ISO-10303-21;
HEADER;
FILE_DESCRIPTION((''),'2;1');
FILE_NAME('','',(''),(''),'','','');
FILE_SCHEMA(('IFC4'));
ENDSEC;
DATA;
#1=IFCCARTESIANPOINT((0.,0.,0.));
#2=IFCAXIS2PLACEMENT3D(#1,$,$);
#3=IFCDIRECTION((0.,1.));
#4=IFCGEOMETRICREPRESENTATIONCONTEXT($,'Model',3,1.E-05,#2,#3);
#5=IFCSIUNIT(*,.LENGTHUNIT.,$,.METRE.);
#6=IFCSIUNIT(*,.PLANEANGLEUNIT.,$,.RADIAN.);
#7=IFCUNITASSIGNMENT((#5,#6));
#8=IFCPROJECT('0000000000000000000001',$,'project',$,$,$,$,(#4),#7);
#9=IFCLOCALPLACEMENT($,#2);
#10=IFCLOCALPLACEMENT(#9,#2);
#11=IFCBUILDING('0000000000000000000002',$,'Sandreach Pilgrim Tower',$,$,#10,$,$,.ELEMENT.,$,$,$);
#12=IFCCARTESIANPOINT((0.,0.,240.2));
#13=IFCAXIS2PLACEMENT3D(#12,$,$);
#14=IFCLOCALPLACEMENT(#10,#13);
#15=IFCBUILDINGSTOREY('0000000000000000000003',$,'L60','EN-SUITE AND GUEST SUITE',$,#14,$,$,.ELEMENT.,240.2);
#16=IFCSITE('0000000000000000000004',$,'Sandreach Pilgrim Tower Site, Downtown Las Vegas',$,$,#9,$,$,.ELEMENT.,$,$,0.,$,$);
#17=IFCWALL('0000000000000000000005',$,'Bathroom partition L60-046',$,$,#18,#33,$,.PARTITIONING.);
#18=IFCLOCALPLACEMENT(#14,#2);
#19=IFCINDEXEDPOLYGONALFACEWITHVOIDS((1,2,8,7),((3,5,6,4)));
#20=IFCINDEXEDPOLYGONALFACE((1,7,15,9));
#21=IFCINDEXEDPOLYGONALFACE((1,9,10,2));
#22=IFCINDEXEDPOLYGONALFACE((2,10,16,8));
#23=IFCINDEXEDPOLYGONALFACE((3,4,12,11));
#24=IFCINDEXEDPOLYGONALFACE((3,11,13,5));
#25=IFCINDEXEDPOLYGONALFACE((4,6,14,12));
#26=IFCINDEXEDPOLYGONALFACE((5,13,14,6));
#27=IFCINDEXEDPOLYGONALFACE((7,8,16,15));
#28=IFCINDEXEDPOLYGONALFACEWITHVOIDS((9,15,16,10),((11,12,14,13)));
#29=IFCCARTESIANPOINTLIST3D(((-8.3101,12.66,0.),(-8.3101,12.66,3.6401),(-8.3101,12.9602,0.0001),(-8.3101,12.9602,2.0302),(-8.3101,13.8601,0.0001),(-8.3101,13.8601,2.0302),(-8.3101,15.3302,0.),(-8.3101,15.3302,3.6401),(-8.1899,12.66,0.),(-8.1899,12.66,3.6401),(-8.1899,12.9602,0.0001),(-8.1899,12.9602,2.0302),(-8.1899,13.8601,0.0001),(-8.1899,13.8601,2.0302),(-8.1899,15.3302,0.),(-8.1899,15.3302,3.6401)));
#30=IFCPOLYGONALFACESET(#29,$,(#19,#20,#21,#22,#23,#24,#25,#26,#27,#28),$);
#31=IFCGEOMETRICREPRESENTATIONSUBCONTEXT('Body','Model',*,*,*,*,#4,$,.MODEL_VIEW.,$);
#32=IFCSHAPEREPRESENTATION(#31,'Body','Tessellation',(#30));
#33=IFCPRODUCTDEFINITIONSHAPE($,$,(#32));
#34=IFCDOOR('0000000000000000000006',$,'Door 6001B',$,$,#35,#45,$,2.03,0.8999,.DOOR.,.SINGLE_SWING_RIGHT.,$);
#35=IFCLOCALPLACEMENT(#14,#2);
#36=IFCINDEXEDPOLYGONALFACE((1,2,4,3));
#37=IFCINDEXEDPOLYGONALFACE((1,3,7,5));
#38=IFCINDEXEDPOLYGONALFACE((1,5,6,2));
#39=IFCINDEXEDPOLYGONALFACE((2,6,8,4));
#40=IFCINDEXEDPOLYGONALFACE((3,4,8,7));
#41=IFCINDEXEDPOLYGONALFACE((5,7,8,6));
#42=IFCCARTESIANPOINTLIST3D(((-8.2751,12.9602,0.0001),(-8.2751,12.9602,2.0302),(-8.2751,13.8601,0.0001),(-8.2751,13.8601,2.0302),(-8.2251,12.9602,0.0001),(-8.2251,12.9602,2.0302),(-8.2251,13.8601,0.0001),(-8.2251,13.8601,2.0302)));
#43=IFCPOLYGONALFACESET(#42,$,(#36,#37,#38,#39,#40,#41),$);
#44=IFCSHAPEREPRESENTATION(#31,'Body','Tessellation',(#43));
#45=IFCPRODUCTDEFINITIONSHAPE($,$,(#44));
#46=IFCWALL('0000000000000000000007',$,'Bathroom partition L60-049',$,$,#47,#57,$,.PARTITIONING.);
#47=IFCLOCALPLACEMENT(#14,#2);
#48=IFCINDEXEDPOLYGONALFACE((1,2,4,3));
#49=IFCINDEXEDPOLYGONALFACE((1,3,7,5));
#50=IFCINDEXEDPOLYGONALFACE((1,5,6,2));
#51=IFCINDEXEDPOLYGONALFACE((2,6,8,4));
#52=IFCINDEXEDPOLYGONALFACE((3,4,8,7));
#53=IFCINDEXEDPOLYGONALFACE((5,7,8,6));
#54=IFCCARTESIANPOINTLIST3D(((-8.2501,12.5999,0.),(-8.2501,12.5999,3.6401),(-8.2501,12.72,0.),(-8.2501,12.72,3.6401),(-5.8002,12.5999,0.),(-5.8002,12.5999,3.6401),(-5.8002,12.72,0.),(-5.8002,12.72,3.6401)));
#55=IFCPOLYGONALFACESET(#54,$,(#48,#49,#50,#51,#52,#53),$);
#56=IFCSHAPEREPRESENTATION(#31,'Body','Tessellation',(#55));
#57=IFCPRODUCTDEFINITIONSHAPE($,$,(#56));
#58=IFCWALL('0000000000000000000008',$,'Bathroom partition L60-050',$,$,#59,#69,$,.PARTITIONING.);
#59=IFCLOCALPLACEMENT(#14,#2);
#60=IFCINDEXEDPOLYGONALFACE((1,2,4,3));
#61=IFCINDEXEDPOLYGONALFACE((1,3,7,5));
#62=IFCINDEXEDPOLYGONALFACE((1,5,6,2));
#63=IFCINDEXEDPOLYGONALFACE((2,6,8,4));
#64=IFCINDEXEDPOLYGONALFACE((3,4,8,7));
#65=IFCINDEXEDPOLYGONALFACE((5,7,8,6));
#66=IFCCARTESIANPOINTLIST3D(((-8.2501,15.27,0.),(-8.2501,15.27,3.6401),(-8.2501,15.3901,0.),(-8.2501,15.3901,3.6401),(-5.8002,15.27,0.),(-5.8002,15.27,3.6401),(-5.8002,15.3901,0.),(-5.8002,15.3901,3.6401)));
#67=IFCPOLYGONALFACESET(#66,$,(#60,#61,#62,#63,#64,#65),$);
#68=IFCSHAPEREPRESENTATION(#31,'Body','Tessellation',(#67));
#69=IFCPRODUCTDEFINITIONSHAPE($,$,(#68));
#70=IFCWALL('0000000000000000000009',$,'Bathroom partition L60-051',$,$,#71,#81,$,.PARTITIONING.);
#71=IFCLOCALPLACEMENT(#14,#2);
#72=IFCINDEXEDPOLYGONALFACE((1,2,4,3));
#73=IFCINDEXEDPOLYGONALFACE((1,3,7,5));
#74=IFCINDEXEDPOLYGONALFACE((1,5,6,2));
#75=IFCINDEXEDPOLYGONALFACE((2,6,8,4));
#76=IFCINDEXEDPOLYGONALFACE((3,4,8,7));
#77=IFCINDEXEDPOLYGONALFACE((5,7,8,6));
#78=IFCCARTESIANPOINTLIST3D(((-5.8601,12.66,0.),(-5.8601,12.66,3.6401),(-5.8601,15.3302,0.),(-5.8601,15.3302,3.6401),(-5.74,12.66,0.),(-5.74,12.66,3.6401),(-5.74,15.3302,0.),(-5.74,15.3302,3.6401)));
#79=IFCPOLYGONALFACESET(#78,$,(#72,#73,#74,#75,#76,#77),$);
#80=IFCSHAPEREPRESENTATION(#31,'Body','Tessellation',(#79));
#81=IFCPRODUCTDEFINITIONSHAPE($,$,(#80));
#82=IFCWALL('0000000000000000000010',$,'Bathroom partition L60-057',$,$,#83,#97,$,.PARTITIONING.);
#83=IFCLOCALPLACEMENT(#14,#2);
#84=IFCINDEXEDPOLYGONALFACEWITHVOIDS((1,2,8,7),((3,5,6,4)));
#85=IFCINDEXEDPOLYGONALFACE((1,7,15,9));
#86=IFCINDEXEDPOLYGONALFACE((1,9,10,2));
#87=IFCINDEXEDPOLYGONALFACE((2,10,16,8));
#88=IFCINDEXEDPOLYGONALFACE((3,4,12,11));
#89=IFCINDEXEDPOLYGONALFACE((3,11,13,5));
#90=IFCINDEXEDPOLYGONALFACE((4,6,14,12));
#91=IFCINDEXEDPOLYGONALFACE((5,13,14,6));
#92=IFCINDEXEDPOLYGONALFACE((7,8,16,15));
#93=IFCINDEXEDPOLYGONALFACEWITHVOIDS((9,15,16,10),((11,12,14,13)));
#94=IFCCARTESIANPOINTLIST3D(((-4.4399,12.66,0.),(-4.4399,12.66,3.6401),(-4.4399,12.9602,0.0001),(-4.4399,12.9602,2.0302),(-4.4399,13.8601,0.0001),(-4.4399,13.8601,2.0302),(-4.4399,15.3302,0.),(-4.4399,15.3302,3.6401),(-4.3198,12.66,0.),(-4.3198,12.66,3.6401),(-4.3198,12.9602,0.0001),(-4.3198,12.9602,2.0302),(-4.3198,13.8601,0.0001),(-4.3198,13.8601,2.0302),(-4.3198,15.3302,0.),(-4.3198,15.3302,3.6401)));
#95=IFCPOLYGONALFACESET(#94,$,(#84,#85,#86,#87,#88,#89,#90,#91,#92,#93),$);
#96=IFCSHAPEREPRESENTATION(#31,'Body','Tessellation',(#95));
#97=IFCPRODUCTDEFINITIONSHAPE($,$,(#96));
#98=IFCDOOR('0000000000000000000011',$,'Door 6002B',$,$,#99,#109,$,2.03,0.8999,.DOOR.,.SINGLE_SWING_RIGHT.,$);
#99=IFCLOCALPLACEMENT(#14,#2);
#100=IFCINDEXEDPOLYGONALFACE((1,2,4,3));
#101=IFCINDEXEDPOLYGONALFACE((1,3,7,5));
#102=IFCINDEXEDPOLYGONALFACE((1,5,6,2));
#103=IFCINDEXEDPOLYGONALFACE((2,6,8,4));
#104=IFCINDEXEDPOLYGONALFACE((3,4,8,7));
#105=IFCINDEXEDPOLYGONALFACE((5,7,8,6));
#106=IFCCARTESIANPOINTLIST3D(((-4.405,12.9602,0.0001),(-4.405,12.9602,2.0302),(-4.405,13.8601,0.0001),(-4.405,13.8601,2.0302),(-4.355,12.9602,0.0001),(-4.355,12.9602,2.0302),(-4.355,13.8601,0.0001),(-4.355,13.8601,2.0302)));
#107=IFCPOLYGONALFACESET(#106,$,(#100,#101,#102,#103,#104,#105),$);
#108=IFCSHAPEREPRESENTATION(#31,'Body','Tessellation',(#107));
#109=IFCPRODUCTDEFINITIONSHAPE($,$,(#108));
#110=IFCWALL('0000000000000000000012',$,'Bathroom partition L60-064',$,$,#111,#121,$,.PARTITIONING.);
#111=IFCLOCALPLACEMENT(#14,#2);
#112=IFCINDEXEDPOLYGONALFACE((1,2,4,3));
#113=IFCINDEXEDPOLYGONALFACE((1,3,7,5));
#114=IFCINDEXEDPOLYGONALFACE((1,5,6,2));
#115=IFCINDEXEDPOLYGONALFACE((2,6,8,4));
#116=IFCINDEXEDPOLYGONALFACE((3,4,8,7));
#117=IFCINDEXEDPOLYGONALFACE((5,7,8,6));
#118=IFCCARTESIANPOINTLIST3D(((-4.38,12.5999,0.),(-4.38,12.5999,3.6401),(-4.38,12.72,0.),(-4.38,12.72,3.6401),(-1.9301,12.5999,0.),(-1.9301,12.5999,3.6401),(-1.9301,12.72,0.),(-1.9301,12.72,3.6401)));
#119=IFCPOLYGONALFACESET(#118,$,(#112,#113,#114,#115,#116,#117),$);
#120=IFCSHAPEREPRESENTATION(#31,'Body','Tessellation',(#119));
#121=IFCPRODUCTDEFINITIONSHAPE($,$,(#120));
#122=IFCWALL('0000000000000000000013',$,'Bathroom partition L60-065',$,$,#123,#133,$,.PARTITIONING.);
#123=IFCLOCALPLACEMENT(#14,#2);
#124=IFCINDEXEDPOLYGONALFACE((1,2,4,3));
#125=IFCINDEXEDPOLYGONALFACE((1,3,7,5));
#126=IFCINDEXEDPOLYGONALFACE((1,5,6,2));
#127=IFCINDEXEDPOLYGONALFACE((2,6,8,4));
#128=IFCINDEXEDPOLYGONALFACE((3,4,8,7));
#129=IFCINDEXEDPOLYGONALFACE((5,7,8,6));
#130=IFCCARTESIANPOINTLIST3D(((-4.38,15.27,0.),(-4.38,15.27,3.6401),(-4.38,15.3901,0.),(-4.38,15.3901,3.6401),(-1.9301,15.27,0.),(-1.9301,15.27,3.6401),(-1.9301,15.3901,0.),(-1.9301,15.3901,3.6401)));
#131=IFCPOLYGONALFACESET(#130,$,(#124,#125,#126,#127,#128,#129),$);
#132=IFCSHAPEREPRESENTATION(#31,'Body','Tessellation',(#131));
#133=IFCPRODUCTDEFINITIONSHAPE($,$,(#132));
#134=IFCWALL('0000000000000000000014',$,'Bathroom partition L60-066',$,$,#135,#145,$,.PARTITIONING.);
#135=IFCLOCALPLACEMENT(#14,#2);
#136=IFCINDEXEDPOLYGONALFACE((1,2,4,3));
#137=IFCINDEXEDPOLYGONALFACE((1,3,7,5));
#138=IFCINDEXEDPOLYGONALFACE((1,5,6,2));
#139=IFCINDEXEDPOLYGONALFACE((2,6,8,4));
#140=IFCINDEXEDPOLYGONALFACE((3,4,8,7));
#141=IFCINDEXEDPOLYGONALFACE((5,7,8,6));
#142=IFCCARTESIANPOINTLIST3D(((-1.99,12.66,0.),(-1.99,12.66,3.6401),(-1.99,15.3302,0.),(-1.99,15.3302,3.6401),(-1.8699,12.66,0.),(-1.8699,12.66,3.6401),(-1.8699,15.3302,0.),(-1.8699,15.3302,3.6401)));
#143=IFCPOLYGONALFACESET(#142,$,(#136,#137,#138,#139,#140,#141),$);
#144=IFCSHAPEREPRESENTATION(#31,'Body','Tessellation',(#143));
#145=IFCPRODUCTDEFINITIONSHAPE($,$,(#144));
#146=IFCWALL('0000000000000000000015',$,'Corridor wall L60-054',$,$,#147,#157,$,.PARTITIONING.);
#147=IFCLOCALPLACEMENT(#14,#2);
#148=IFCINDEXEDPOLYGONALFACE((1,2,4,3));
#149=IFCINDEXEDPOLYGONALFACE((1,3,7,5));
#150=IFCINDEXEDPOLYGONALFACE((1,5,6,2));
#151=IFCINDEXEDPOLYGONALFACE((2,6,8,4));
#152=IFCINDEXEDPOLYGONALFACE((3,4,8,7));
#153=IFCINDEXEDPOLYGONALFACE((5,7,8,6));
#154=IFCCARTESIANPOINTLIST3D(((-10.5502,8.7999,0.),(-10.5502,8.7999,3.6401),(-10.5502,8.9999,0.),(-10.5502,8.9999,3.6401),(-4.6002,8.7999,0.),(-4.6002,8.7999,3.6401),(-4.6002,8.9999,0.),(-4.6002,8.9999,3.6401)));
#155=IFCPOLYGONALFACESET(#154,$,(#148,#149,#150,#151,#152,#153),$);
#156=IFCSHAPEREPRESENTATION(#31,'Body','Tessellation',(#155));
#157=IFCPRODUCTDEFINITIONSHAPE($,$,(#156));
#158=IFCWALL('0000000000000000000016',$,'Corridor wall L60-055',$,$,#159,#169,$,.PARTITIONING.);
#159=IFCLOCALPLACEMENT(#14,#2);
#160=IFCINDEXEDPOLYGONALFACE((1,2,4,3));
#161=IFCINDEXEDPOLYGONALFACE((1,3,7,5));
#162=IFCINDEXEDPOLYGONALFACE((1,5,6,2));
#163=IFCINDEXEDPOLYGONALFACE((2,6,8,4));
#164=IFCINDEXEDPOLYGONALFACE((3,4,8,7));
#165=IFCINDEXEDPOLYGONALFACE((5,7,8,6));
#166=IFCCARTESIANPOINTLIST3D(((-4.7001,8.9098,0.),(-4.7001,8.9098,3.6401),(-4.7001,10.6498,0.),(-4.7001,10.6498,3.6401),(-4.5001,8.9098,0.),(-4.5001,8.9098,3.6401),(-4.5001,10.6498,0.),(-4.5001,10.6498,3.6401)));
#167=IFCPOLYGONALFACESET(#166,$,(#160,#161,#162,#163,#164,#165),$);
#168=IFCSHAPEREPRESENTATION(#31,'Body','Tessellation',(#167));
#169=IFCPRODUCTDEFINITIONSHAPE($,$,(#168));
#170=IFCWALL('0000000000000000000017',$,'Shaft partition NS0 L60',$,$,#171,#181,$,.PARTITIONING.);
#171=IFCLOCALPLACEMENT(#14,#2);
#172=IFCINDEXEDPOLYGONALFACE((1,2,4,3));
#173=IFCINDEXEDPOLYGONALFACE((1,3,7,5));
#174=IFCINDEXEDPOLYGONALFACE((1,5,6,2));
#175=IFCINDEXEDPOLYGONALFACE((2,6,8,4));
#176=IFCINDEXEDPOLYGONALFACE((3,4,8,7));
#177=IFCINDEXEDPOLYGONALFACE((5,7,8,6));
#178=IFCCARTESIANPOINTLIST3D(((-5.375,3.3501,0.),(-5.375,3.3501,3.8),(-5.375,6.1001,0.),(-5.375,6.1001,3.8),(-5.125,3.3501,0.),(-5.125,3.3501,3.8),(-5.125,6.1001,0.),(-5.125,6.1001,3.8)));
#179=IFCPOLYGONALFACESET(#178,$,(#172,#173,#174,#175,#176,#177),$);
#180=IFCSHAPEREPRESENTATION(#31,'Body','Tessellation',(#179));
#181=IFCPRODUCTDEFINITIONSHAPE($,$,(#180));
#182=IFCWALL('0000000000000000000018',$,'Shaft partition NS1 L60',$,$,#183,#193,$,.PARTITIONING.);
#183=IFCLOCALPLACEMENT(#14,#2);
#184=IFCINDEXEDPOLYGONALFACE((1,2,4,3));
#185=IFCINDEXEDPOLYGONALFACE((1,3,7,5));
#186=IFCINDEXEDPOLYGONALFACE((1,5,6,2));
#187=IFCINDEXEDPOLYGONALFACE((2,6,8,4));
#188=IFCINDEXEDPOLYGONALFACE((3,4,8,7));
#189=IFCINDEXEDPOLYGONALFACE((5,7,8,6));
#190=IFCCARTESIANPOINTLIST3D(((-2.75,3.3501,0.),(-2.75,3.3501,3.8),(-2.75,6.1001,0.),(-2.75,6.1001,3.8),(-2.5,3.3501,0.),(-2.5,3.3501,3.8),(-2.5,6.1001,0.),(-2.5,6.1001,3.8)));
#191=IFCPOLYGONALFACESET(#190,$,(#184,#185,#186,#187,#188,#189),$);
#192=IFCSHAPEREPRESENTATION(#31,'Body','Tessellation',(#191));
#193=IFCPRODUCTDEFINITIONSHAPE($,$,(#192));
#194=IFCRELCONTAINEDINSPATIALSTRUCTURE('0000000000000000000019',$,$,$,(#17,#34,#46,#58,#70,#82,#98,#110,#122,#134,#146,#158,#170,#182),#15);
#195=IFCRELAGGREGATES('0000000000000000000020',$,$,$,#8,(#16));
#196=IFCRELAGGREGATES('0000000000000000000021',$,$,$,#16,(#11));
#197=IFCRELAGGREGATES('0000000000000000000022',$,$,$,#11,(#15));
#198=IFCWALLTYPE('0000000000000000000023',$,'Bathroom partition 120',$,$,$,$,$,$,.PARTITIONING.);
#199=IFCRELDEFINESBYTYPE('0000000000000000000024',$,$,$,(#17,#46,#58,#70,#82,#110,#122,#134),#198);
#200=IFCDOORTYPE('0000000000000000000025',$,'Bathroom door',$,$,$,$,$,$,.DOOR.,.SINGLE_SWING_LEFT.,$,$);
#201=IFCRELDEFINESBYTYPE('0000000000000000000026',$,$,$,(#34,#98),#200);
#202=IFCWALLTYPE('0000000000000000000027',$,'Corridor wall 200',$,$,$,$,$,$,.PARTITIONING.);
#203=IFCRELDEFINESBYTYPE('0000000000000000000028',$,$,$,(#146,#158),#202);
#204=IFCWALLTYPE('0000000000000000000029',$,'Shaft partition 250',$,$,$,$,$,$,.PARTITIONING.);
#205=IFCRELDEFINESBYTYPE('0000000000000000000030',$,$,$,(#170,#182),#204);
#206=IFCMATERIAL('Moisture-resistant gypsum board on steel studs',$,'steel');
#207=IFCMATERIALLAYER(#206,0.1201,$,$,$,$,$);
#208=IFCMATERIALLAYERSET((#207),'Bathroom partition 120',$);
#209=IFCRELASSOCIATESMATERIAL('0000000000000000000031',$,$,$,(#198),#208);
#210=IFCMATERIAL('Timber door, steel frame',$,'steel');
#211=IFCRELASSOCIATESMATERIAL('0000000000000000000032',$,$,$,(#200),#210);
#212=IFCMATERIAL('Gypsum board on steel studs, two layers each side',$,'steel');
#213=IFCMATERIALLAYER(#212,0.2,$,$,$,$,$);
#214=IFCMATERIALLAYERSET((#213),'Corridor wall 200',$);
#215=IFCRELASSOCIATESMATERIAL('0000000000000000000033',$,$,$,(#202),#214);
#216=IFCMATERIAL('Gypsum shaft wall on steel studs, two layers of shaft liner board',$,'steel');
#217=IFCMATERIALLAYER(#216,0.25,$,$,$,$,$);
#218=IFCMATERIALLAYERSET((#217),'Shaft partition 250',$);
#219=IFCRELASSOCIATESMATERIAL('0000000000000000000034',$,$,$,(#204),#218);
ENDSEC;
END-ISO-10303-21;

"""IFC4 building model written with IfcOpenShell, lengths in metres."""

from ifc_helpers import new_model, si_unit, direction, frame, frame_2d, origin, place, context, subcontext, project, spatial, rectangle, extrude, material, layer, layer_set, type_object, element, fill, save


model = new_model("IFC4")

# Units and contexts
model_context = context("Model", 3, precision=1e-05, world=origin(), true_north=direction((0.0, 1.0)))
body_context = subcontext(model_context, "Body", "Model", "MODEL_VIEW")
ifc_project = project(units=[si_unit("LENGTHUNIT", "METRE"), si_unit("PLANEANGLEUNIT", "RADIAN")], contexts=[model_context])

# Site, building, storey
site_placement = place(None, origin())
site = spatial("IfcSite", under=ifc_project, at=site_placement, Name="Sandreach Pilgrim Tower Site, Downtown Las Vegas", CompositionType="ELEMENT", RefElevation=0.0)
building_placement = place(site_placement, origin())
building = spatial("IfcBuilding", under=site, at=building_placement, Name="Sandreach Pilgrim Tower", CompositionType="ELEMENT")
storey_placement = place(building_placement, frame((0.0, 0.0, 240.2)))
storey = spatial("IfcBuildingStorey", under=building, at=storey_placement, Name="L60", Description="EN-SUITE AND GUEST SUITE", CompositionType="ELEMENT", Elevation=240.2)

# Wall, opening, door
ifc_material_1 = material(Name="Moisture-resistant gypsum board on steel studs", Category="steel")
ifc_layer_1 = layer(ifc_material_1, 0.1201)
ifc_layer_set_1 = layer_set([ifc_layer_1], Name="Bathroom partition 120")
wall_type_1 = type_object("IfcWallType", Name="Bathroom partition 120", PredefinedType="PARTITIONING", material=ifc_layer_set_1)
wall_1_placement = place(storey_placement, frame((-8.25, 15.3301, 0.0), z_axis=(0.0, 0.0, 1.0), x_axis=(0.0, -1.0, 0.0)))
wall_1 = element("IfcWall", 1, at=wall_1_placement, inside=storey, type_object=wall_type_1, Name="Bathroom partition L60-046", PredefinedType="PARTITIONING", context=body_context, shape_type="SweptSolid", body=[
    extrude(rectangle(XDim=2.6702, YDim=0.1201, at=frame_2d((1.335, 0.0))), origin(), (0.0, 0.0, 1.0), 3.6401),
])
opening_1_placement = place(wall_1_placement, frame((1.47, 0.0, 0.0)))
opening_1 = element("IfcOpeningElement", 2, at=opening_1_placement, cuts=wall_1, PredefinedType="OPENING", context=body_context, shape_type="SweptSolid", body=[
    extrude(rectangle(XDim=0.8999, YDim=2.03, at=frame_2d((0.45, 1.0151))), frame((0.0, 0.0601, 0.0), z_axis=(0.0, -1.0, 0.0), x_axis=(1.0, 0.0, 0.0)), (0.0, 0.0, 1.0), 0.1201),
])
ifc_material_2 = material(Name="Timber door, steel frame", Category="steel")
door_type_1 = type_object("IfcDoorType", Name="Bathroom door", OperationType="SINGLE_SWING_LEFT", PredefinedType="DOOR", material=ifc_material_2)
door_1_placement = place(opening_1_placement, origin())
door_1 = element("IfcDoor", 3, at=door_1_placement, inside=storey, type_object=door_type_1, Name="Door 6001B", OperationType="SINGLE_SWING_RIGHT", OverallHeight=2.03, OverallWidth=0.8999, PredefinedType="DOOR", context=body_context, shape_type="SweptSolid", body=[
    extrude(rectangle(XDim=0.8999, YDim=2.03, at=frame_2d((0.45, 1.0151))), frame((0.0, 0.0249, 0.0), z_axis=(0.0, -1.0, 0.0), x_axis=(1.0, 0.0, 0.0)), (0.0, 0.0, 1.0), 0.05),
])
fill(opening_1, door_1)

# Walls
for number, where, z_axis, x_axis, name in (
    (4, (-5.8, 12.6599, 0.0), (0.0, 0.0, 1.0), (-1.0, 0.0, 0.0), "Bathroom partition L60-049"),
    (5, (-5.8, 15.3301, 0.0), (0.0, 0.0, 1.0), (-1.0, 0.0, 0.0), "Bathroom partition L60-050"),
):
    element("IfcWall", number, at=place(storey_placement, frame(where, z_axis=z_axis, x_axis=x_axis)), inside=storey, type_object=wall_type_1, Name=name, PredefinedType="PARTITIONING", context=body_context, shape_type="SweptSolid", body=[
        extrude(rectangle(XDim=2.45, YDim=0.1201, at=frame_2d((1.2251, 0.0))), origin(), (0.0, 0.0, 1.0), 3.6401),
    ])
wall_2_placement = place(storey_placement, frame((-5.8, 15.3301, 0.0), z_axis=(0.0, 0.0, 1.0), x_axis=(0.0, -1.0, 0.0)))
element("IfcWall", 6, at=wall_2_placement, inside=storey, type_object=wall_type_1, Name="Bathroom partition L60-051", PredefinedType="PARTITIONING", context=body_context, shape_type="SweptSolid", body=[
    extrude(rectangle(XDim=2.6702, YDim=0.1201, at=frame_2d((1.335, 0.0))), origin(), (0.0, 0.0, 1.0), 3.6401),
])

# Wall, opening, door
wall_3_placement = place(storey_placement, frame((-4.3799, 15.3301, 0.0), z_axis=(0.0, 0.0, 1.0), x_axis=(0.0, -1.0, 0.0)))
wall_3 = element("IfcWall", 7, at=wall_3_placement, inside=storey, type_object=wall_type_1, Name="Bathroom partition L60-057", PredefinedType="PARTITIONING", context=body_context, shape_type="SweptSolid", body=[
    extrude(rectangle(XDim=2.6702, YDim=0.1201, at=frame_2d((1.335, 0.0))), origin(), (0.0, 0.0, 1.0), 3.6401),
])
opening_2_placement = place(wall_3_placement, frame((1.47, 0.0, 0.0)))
opening_2 = element("IfcOpeningElement", 8, at=opening_2_placement, cuts=wall_3, PredefinedType="OPENING", context=body_context, shape_type="SweptSolid", body=[
    extrude(rectangle(XDim=0.8999, YDim=2.03, at=frame_2d((0.45, 1.0151))), frame((0.0, 0.0601, 0.0), z_axis=(0.0, -1.0, 0.0), x_axis=(1.0, 0.0, 0.0)), (0.0, 0.0, 1.0), 0.1201),
])
door_2_placement = place(opening_2_placement, origin())
door_2 = element("IfcDoor", 9, at=door_2_placement, inside=storey, type_object=door_type_1, Name="Door 6002B", OperationType="SINGLE_SWING_RIGHT", OverallHeight=2.03, OverallWidth=0.8999, PredefinedType="DOOR", context=body_context, shape_type="SweptSolid", body=[
    extrude(rectangle(XDim=0.8999, YDim=2.03, at=frame_2d((0.45, 1.0151))), frame((0.0, 0.0249, 0.0), z_axis=(0.0, -1.0, 0.0), x_axis=(1.0, 0.0, 0.0)), (0.0, 0.0, 1.0), 0.05),
])
fill(opening_2, door_2)

# Walls
for number, where, z_axis, x_axis, name in (
    (10, (-1.9299, 12.6599, 0.0), (0.0, 0.0, 1.0), (-1.0, 0.0, 0.0), "Bathroom partition L60-064"),
    (11, (-1.9299, 15.3301, 0.0), (0.0, 0.0, 1.0), (-1.0, 0.0, 0.0), "Bathroom partition L60-065"),
):
    element("IfcWall", number, at=place(storey_placement, frame(where, z_axis=z_axis, x_axis=x_axis)), inside=storey, type_object=wall_type_1, Name=name, PredefinedType="PARTITIONING", context=body_context, shape_type="SweptSolid", body=[
        extrude(rectangle(XDim=2.45, YDim=0.1201, at=frame_2d((1.2251, 0.0))), origin(), (0.0, 0.0, 1.0), 3.6401),
    ])
wall_4_placement = place(storey_placement, frame((-1.9299, 15.3301, 0.0), z_axis=(0.0, 0.0, 1.0), x_axis=(0.0, -1.0, 0.0)))
element("IfcWall", 12, at=wall_4_placement, inside=storey, type_object=wall_type_1, Name="Bathroom partition L60-066", PredefinedType="PARTITIONING", context=body_context, shape_type="SweptSolid", body=[
    extrude(rectangle(XDim=2.6702, YDim=0.1201, at=frame_2d((1.335, 0.0))), origin(), (0.0, 0.0, 1.0), 3.6401),
])

# Walls
ifc_material_3 = material(Name="Gypsum board on steel studs, two layers each side", Category="steel")
ifc_layer_2 = layer(ifc_material_3, 0.2)
ifc_layer_set_2 = layer_set([ifc_layer_2], Name="Corridor wall 200")
wall_type_2 = type_object("IfcWallType", Name="Corridor wall 200", PredefinedType="PARTITIONING", material=ifc_layer_set_2)
wall_5_placement = place(storey_placement, frame((-4.6001, 8.8999, 0.0), z_axis=(0.0, 0.0, 1.0), x_axis=(-1.0, 0.0, 0.0)))
element("IfcWall", 13, at=wall_5_placement, inside=storey, type_object=wall_type_2, Name="Corridor wall L60-054", PredefinedType="PARTITIONING", context=body_context, shape_type="SweptSolid", body=[
    extrude(rectangle(XDim=5.95, YDim=0.2, at=frame_2d((2.9751, 0.0))), origin(), (0.0, 0.0, 1.0), 3.6401),
])
wall_6_placement = place(storey_placement, frame((-4.6001, 10.6499, 0.0), z_axis=(0.0, 0.0, 1.0), x_axis=(0.0, -1.0, 0.0)))
element("IfcWall", 14, at=wall_6_placement, inside=storey, type_object=wall_type_2, Name="Corridor wall L60-055", PredefinedType="PARTITIONING", context=body_context, shape_type="SweptSolid", body=[
    extrude(rectangle(XDim=1.74, YDim=0.2, at=frame_2d((0.8701, 0.0))), origin(), (0.0, 0.0, 1.0), 3.6401),
])

# Walls
ifc_material_4 = material(Name="Gypsum shaft wall on steel studs, two layers of shaft liner board", Category="steel")
ifc_layer_3 = layer(ifc_material_4, 0.25)
ifc_layer_set_3 = layer_set([ifc_layer_3], Name="Shaft partition 250")
wall_type_3 = type_object("IfcWallType", Name="Shaft partition 250", PredefinedType="PARTITIONING", material=ifc_layer_set_3)
for number, where, z_axis, x_axis, name in (
    (15, (-5.25, 3.3501, 0.0), (0.0, 0.0, 1.0), (0.0, 1.0, 0.0), "Shaft partition NS0 L60"),
    (16, (-2.625, 3.3501, 0.0), (0.0, 0.0, 1.0), (0.0, 1.0, 0.0), "Shaft partition NS1 L60"),
):
    element("IfcWall", number, at=place(storey_placement, frame(where, z_axis=z_axis, x_axis=x_axis)), inside=storey, type_object=wall_type_3, Name=name, PredefinedType="PARTITIONING", context=body_context, shape_type="SweptSolid", body=[
        extrude(rectangle(XDim=2.75, YDim=0.25, at=frame_2d((1.375, 0.0))), origin(), (0.0, 0.0, 1.0), 3.8),
    ])

save(model, "model.ifc")
